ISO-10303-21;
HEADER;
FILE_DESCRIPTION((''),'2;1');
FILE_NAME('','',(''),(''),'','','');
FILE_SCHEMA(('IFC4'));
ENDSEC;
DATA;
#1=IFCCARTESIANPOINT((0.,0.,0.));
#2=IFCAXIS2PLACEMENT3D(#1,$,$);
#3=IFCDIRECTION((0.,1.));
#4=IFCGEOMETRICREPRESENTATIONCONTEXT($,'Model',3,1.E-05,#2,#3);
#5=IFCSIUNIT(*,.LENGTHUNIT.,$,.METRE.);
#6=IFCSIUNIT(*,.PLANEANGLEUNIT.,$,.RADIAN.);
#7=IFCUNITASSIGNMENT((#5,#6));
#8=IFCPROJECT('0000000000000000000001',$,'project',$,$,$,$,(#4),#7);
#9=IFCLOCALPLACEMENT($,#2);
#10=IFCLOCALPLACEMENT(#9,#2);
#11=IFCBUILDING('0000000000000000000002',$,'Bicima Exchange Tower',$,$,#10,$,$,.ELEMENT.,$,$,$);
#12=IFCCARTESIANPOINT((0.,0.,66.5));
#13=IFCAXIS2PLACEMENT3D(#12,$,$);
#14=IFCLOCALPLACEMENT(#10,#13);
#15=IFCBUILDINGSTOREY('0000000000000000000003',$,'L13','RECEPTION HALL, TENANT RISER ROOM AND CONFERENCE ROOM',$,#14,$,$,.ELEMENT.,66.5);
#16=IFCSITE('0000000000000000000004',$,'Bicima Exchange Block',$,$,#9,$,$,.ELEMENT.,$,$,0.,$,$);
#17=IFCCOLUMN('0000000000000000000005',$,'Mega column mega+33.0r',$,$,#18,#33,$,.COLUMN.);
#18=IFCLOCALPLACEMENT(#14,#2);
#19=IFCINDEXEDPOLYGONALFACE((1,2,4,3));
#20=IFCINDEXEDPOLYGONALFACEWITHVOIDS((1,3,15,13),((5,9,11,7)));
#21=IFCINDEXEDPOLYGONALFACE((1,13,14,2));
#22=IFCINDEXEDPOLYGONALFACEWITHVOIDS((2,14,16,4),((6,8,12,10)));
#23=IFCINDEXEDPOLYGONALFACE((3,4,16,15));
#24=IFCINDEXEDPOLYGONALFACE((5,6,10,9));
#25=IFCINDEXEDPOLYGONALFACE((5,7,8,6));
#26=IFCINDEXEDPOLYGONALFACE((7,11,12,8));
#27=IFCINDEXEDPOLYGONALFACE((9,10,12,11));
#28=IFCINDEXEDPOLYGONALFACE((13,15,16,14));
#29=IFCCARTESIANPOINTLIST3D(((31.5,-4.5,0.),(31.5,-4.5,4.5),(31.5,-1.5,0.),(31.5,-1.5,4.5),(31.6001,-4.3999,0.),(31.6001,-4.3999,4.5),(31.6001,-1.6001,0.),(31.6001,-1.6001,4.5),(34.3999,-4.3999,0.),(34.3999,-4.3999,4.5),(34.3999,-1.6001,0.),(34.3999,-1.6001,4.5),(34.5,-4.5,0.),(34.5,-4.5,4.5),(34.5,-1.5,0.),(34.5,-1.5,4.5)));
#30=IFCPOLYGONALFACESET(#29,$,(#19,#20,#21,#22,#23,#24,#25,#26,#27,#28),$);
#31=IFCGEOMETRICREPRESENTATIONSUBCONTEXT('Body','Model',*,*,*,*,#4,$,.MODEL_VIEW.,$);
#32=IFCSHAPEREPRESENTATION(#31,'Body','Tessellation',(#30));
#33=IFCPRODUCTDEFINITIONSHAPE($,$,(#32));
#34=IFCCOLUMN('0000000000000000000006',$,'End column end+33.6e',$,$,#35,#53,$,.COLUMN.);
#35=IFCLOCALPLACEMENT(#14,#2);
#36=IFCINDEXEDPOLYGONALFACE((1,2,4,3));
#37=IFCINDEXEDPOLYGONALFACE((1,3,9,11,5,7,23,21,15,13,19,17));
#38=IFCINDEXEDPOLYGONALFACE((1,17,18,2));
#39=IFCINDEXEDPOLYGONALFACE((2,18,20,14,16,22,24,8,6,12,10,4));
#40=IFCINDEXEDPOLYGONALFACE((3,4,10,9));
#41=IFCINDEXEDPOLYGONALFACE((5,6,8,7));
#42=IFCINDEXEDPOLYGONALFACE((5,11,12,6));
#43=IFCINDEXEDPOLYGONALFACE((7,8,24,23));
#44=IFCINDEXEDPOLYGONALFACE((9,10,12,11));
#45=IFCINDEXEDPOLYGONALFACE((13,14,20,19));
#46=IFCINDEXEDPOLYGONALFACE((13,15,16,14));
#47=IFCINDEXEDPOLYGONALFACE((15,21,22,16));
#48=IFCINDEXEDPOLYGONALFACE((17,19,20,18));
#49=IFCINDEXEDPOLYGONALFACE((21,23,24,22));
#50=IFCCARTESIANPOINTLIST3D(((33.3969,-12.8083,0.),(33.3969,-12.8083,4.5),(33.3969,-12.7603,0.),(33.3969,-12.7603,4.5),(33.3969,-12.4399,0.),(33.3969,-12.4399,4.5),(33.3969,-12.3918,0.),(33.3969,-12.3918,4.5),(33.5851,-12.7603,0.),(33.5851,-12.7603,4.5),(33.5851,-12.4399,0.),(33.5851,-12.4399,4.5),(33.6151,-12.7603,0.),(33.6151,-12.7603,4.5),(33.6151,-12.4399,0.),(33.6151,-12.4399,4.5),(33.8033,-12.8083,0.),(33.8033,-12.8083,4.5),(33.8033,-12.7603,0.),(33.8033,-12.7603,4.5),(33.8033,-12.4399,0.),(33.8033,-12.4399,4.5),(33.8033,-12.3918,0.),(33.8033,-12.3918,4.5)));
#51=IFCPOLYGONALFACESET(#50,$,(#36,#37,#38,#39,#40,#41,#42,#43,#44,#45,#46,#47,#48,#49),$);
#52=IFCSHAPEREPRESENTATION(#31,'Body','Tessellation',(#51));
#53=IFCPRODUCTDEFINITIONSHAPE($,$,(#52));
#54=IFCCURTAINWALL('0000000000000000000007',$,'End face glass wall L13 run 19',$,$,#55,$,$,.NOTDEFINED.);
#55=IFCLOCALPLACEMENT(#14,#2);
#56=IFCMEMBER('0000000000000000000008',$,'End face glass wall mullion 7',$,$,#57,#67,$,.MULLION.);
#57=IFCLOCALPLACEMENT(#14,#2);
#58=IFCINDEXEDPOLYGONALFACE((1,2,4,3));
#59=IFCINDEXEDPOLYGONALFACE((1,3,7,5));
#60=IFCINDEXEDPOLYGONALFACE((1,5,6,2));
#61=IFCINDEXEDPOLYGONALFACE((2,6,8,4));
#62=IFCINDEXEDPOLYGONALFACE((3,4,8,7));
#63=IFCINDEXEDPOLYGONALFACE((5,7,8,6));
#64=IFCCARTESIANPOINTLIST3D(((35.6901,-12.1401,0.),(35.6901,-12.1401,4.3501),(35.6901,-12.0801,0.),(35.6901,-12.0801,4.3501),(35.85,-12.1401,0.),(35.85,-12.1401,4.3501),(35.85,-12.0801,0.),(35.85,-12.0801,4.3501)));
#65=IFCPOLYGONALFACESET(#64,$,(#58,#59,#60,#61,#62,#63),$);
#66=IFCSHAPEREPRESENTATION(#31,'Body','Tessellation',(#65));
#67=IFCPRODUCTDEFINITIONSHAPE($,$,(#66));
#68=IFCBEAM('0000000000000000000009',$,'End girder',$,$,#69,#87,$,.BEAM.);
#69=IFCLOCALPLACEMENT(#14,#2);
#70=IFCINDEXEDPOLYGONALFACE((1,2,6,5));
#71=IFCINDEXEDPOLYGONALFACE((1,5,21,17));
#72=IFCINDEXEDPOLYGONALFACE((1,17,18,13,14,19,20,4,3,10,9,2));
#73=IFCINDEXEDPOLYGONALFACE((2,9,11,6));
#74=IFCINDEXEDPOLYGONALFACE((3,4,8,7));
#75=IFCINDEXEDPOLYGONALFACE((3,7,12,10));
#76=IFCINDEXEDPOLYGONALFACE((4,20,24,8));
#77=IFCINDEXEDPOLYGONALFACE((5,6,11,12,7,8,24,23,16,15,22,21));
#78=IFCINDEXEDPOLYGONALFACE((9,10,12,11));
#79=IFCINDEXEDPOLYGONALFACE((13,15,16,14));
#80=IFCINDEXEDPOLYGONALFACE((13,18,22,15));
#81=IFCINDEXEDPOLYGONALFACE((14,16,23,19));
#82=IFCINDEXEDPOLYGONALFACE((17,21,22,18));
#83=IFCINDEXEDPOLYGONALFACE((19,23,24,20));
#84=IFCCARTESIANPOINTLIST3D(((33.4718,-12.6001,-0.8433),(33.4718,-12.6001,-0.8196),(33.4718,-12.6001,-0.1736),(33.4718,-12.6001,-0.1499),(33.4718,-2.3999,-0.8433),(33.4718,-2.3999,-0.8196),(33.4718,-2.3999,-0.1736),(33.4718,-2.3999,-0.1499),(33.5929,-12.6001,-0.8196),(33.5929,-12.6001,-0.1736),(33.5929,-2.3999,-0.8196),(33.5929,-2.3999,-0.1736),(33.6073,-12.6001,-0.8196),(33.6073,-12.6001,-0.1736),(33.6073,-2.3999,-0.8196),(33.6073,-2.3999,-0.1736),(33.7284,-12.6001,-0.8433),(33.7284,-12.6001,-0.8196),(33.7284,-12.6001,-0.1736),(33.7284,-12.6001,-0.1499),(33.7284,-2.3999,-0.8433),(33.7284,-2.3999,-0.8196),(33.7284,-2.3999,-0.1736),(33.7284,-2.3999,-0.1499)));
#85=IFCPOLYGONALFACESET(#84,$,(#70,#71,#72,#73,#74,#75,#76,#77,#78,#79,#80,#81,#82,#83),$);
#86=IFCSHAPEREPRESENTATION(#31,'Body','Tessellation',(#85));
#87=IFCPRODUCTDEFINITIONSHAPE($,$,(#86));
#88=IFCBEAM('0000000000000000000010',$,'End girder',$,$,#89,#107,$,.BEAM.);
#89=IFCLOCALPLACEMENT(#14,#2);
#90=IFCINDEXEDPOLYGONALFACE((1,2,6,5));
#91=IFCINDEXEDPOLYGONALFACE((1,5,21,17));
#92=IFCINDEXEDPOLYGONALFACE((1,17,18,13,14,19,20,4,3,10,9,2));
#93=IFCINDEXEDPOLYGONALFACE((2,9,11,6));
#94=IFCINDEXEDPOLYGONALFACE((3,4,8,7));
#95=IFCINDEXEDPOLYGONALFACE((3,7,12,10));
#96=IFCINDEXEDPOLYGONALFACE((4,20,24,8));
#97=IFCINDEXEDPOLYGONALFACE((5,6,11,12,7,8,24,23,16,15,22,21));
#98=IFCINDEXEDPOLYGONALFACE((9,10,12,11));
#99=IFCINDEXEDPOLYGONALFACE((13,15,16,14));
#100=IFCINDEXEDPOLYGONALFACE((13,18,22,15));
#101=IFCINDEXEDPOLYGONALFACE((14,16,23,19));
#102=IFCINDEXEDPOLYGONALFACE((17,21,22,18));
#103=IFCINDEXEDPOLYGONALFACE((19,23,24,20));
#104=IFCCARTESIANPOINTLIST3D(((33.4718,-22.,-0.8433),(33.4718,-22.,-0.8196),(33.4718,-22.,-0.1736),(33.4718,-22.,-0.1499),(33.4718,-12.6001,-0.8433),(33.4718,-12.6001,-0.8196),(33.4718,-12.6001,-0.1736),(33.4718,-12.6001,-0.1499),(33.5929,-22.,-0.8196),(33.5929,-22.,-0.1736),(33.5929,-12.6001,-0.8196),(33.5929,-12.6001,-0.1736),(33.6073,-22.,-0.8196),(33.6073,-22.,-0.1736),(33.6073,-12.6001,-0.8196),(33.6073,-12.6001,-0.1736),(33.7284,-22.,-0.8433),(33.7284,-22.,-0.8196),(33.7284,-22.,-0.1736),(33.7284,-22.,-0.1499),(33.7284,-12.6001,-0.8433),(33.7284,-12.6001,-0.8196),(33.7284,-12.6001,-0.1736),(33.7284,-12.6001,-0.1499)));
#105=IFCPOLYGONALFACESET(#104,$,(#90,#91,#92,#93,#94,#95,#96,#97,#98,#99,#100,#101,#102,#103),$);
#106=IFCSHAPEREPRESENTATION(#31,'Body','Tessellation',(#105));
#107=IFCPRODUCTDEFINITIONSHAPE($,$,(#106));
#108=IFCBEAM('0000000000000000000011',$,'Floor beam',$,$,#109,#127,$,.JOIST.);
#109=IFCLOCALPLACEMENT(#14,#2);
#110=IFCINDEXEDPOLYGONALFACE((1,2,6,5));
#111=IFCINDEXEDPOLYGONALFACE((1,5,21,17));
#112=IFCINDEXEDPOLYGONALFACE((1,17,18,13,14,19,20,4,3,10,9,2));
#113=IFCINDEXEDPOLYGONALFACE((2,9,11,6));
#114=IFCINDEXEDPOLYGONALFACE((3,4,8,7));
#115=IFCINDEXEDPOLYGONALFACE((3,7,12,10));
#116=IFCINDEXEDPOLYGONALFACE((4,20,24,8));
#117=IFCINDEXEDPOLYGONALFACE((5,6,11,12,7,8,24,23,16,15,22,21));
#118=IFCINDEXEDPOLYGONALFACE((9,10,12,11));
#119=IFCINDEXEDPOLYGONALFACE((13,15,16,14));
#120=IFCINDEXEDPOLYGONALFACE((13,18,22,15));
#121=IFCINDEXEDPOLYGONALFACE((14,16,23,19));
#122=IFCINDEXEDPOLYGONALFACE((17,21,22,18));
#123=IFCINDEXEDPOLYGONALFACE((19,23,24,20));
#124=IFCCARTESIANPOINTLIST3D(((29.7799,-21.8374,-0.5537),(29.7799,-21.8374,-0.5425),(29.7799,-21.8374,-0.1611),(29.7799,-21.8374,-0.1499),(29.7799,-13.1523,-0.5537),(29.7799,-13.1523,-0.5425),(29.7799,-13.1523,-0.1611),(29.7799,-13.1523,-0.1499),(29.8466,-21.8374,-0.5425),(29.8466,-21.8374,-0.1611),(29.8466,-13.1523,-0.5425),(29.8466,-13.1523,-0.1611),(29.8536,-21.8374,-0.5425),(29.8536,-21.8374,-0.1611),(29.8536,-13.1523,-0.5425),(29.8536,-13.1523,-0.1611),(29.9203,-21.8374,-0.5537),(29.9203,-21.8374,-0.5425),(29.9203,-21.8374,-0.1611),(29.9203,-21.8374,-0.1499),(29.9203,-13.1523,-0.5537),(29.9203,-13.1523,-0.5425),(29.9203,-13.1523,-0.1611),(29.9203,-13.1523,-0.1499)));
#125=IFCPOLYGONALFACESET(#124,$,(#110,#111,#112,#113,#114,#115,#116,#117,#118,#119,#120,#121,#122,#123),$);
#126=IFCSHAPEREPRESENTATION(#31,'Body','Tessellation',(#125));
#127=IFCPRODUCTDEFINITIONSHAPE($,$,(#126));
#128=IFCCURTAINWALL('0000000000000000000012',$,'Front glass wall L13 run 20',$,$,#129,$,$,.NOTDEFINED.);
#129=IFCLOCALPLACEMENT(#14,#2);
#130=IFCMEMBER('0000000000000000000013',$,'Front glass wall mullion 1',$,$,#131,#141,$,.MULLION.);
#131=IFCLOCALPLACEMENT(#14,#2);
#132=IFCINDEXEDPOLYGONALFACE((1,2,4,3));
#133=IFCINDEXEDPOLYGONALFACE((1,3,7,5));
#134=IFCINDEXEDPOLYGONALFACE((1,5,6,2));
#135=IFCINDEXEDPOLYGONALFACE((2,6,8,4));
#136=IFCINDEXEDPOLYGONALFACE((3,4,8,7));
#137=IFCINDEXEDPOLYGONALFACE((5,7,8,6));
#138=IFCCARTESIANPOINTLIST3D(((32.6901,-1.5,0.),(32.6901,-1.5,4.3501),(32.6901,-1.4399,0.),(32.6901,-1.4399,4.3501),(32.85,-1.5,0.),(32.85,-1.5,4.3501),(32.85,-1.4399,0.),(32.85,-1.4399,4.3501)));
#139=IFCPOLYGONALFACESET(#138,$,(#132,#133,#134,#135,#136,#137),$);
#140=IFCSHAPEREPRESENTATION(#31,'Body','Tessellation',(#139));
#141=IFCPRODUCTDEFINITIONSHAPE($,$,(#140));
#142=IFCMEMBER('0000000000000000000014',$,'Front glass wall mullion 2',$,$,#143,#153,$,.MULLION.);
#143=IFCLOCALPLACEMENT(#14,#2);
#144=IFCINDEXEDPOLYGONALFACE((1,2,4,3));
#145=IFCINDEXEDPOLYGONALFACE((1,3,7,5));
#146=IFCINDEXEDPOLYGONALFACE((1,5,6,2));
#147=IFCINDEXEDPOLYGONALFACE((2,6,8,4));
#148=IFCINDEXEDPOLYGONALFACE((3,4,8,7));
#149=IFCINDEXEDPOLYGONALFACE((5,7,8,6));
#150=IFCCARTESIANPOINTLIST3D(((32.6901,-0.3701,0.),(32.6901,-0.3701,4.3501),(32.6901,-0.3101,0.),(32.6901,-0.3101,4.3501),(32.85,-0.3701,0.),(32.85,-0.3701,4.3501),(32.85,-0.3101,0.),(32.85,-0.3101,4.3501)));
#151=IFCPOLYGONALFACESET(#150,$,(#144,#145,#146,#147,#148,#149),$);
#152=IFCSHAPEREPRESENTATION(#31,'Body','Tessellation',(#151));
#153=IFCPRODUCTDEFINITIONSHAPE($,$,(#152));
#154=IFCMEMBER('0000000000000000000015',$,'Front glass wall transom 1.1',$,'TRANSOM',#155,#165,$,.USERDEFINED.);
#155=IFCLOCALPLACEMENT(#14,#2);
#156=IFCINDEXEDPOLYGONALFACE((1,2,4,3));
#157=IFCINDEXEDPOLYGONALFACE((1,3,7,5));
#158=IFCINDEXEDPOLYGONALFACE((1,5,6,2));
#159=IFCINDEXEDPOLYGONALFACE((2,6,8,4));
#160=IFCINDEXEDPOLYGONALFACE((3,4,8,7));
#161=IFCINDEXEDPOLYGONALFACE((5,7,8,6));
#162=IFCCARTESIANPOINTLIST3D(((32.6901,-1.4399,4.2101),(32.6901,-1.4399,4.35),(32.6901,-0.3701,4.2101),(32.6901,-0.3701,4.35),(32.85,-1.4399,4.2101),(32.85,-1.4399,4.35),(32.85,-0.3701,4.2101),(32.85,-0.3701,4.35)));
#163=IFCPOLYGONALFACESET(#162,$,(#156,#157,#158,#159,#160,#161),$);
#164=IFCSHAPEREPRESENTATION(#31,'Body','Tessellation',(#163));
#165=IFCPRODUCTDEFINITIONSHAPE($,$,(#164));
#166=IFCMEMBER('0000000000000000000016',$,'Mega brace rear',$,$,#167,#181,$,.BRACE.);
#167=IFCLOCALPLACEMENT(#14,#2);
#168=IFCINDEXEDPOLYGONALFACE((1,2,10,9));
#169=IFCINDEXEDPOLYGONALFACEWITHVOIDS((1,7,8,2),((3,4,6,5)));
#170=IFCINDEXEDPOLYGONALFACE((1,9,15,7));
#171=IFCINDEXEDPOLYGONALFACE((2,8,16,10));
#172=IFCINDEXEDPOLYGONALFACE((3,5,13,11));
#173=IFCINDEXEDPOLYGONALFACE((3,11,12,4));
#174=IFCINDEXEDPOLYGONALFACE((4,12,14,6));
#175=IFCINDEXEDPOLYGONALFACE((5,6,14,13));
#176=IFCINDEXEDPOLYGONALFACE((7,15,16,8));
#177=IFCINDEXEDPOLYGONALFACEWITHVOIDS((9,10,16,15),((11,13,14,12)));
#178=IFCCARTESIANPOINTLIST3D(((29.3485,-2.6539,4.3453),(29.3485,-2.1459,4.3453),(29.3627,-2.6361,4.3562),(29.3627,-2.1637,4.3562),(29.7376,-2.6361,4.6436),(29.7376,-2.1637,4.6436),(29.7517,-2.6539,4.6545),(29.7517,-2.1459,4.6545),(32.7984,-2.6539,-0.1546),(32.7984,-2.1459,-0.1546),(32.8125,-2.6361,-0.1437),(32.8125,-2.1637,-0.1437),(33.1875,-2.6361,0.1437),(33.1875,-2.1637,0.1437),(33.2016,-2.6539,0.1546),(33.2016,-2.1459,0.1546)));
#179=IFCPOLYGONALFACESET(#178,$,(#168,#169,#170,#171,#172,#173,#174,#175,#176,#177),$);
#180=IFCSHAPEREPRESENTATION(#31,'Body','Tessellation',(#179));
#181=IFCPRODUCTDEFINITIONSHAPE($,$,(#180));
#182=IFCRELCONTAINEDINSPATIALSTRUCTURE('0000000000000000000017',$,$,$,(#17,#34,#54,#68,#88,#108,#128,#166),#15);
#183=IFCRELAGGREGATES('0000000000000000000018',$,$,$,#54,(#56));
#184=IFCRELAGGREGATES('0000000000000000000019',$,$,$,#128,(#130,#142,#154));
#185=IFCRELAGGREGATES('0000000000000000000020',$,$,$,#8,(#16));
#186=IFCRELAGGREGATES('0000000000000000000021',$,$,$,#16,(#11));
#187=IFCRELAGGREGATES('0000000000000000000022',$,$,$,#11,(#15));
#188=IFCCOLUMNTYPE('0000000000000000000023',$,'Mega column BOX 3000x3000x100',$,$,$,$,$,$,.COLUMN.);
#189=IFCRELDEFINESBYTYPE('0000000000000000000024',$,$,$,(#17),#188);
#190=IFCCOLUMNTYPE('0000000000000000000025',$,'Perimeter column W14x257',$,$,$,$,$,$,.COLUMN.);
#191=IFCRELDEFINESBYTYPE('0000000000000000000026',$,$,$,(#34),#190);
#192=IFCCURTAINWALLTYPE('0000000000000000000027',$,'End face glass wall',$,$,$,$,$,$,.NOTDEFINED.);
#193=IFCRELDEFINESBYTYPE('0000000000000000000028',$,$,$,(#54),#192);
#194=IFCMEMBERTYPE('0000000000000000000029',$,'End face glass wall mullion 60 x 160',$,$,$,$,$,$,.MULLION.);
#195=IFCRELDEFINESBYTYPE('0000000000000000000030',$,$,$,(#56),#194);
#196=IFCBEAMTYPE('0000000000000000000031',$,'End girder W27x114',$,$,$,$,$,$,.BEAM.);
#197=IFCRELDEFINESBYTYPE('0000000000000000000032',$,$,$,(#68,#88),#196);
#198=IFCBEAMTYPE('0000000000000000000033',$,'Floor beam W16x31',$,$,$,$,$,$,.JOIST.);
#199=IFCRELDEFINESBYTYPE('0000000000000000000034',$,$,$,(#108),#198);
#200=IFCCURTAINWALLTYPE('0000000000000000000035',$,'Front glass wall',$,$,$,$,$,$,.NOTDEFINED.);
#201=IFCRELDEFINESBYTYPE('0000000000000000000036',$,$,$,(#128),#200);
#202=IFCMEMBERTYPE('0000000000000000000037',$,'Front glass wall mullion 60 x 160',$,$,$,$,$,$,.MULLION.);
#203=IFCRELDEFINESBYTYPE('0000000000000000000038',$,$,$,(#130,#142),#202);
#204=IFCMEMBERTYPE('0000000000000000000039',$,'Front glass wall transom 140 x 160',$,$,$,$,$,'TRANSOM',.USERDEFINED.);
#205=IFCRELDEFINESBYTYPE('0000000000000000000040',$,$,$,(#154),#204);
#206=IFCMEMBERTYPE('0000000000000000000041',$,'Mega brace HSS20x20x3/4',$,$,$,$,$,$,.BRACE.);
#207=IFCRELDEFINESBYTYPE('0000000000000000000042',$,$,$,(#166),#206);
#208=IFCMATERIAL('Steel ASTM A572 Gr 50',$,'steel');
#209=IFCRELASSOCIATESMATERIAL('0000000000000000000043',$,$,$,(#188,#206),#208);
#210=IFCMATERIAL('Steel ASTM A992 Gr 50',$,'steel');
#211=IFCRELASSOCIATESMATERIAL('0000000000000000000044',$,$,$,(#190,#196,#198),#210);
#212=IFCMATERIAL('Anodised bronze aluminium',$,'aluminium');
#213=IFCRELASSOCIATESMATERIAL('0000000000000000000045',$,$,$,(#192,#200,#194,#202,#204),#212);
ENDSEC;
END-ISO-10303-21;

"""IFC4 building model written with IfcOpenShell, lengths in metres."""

from ifc_helpers import new_model, si_unit, direction, frame, origin, origin_2d, place, context, subcontext, project, spatial, rectangle, hollow_rectangle, i_section, extrude, material, material_profile, profile_set, type_object, element, aggregate, save


model = new_model("IFC4")

# Units and contexts
model_context = context("Model", 3, precision=1e-05, world=origin(), true_north=direction((0.0, 1.0)))
body_context = subcontext(model_context, "Body", "Model", "MODEL_VIEW")
ifc_project = project(units=[si_unit("LENGTHUNIT", "METRE"), si_unit("PLANEANGLEUNIT", "RADIAN")], contexts=[model_context])

# Site, building, storey
site_placement = place(None, origin())
site = spatial("IfcSite", under=ifc_project, at=site_placement, Name="Bicima Exchange Block", CompositionType="ELEMENT", RefElevation=0.0)
building_placement = place(site_placement, origin())
building = spatial("IfcBuilding", under=site, at=building_placement, Name="Bicima Exchange Tower", CompositionType="ELEMENT")
storey_placement = place(building_placement, frame((0.0, 0.0, 66.5)))
storey = spatial("IfcBuildingStorey", under=building, at=storey_placement, Name="L13", Description="RECEPTION HALL, TENANT RISER ROOM AND CONFERENCE ROOM", CompositionType="ELEMENT", Elevation=66.5)

# Columns
ifc_material_1 = material(Name="Steel ASTM A572 Gr 50", Category="steel")
ifc_material_profile_1 = material_profile(ifc_material_1, hollow_rectangle(XDim=3.0, YDim=3.0, WallThickness=0.1001, at=origin_2d()))
ifc_profile_set_1 = profile_set([ifc_material_profile_1], Name="Steel ASTM A572 Gr 50")
column_type_1 = type_object("IfcColumnType", Name="Mega column BOX 3000x3000x100", PredefinedType="COLUMN", material=ifc_profile_set_1)
column_1_placement = place(storey_placement, frame((33.0, -3.0, 0.0), z_axis=(0.0, 0.0, 1.0), x_axis=(1.0, 0.0, 0.0)))
element("IfcColumn", 1, at=column_1_placement, inside=storey, type_object=column_type_1, Name="Mega column mega+33.0r", PredefinedType="COLUMN", context=body_context, shape_type="SweptSolid", body=[
    extrude(hollow_rectangle(XDim=3.0, YDim=3.0, WallThickness=0.1001, at=origin_2d()), origin(), (0.0, 0.0, 1.0), 4.5),
])
ifc_material_2 = material(Name="Steel ASTM A992 Gr 50", Category="steel")
ifc_material_profile_2 = material_profile(ifc_material_2, i_section(OverallWidth=0.4065, OverallDepth=0.4165, WebThickness=0.03, FlangeThickness=0.0481, at=origin_2d()))
ifc_profile_set_2 = profile_set([ifc_material_profile_2], Name="Steel ASTM A992 Gr 50")
column_type_2 = type_object("IfcColumnType", Name="Perimeter column W14x257", PredefinedType="COLUMN", material=ifc_profile_set_2)
column_2_placement = place(storey_placement, frame((33.6001, -12.6001, 0.0), z_axis=(0.0, 0.0, 1.0), x_axis=(1.0, 0.0, 0.0)))
element("IfcColumn", 2, at=column_2_placement, inside=storey, type_object=column_type_2, Name="End column end+33.6e", PredefinedType="COLUMN", context=body_context, shape_type="SweptSolid", body=[
    extrude(i_section(OverallWidth=0.4065, OverallDepth=0.4165, WebThickness=0.03, FlangeThickness=0.0481, at=origin_2d()), origin(), (0.0, 0.0, 1.0), 4.5),
])

# Curtain wall, member
ifc_material_3 = material(Name="Anodised bronze aluminium", Category="aluminium")
curtain_wall_type_1 = type_object("IfcCurtainWallType", Name="End face glass wall", PredefinedType="NOTDEFINED", material=ifc_material_3)
curtain_wall_1_placement = place(storey_placement, origin())
curtain_wall_1 = element("IfcCurtainWall", 3, at=curtain_wall_1_placement, inside=storey, type_object=curtain_wall_type_1, Name="End face glass wall L13 run 19", PredefinedType="NOTDEFINED")
ifc_material_profile_3 = material_profile(ifc_material_3, rectangle(XDim=0.1599, YDim=0.0601, at=origin_2d()))
ifc_profile_set_3 = profile_set([ifc_material_profile_3], Name="Anodised bronze aluminium")
member_type_1 = type_object("IfcMemberType", Name="End face glass wall mullion 60 x 160", PredefinedType="MULLION", material=ifc_profile_set_3)
member_1_placement = place(storey_placement, frame((35.77, -12.1101, 0.0), z_axis=(0.0, 0.0, 1.0), x_axis=(-1.0, 0.0, 0.0)))
member_1 = element("IfcMember", 4, at=member_1_placement, type_object=member_type_1, Name="End face glass wall mullion 7", PredefinedType="MULLION", context=body_context, shape_type="SweptSolid", body=[
    extrude(rectangle(XDim=0.1599, YDim=0.0601, at=origin_2d()), origin(), (0.0, 0.0, 1.0), 4.3501),
])
aggregate(curtain_wall_1, [member_1])

# Beams
ifc_material_profile_4 = material_profile(ifc_material_2, i_section(OverallWidth=0.2566, OverallDepth=0.6934, WebThickness=0.0144, FlangeThickness=0.0237, at=origin_2d()))
ifc_profile_set_4 = profile_set([ifc_material_profile_4], Name="Steel ASTM A992 Gr 50")
beam_type_1 = type_object("IfcBeamType", Name="End girder W27x114", PredefinedType="BEAM", material=ifc_profile_set_4)
beam_1_placement = place(storey_placement, frame((33.6001, -2.3999, -0.4966), z_axis=(0.0, -1.0, 0.0), x_axis=(1.0, 0.0, 0.0)))
element("IfcBeam", 5, at=beam_1_placement, inside=storey, type_object=beam_type_1, Name="End girder", PredefinedType="BEAM", context=body_context, shape_type="SweptSolid", body=[
    extrude(i_section(OverallWidth=0.2566, OverallDepth=0.6934, WebThickness=0.0144, FlangeThickness=0.0237, at=origin_2d()), origin(), (0.0, 0.0, 1.0), 10.2002),
])
beam_2_placement = place(storey_placement, frame((33.6001, -12.6001, -0.4966), z_axis=(0.0, -1.0, 0.0), x_axis=(1.0, 0.0, 0.0)))
element("IfcBeam", 6, at=beam_2_placement, inside=storey, type_object=beam_type_1, Name="End girder", PredefinedType="BEAM", context=body_context, shape_type="SweptSolid", body=[
    extrude(i_section(OverallWidth=0.2566, OverallDepth=0.6934, WebThickness=0.0144, FlangeThickness=0.0237, at=origin_2d()), origin(), (0.0, 0.0, 1.0), 9.3999),
])
ifc_material_profile_5 = material_profile(ifc_material_2, i_section(OverallWidth=0.1404, OverallDepth=0.4038, WebThickness=0.0071, FlangeThickness=0.0112, at=origin_2d()))
ifc_profile_set_5 = profile_set([ifc_material_profile_5], Name="Steel ASTM A992 Gr 50")
beam_type_2 = type_object("IfcBeamType", Name="Floor beam W16x31", PredefinedType="JOIST", material=ifc_profile_set_5)
beam_3_placement = place(storey_placement, frame((29.8501, -13.1523, -0.3518), z_axis=(0.0, -1.0, 0.0), x_axis=(1.0, 0.0, 0.0)))
element("IfcBeam", 7, at=beam_3_placement, inside=storey, type_object=beam_type_2, Name="Floor beam", PredefinedType="JOIST", context=body_context, shape_type="SweptSolid", body=[
    extrude(i_section(OverallWidth=0.1404, OverallDepth=0.4038, WebThickness=0.0071, FlangeThickness=0.0112, at=origin_2d()), origin(), (0.0, 0.0, 1.0), 8.6851),
])

# Curtain wall, members
curtain_wall_type_2 = type_object("IfcCurtainWallType", Name="Front glass wall", PredefinedType="NOTDEFINED", material=ifc_material_3)
curtain_wall_2_placement = place(storey_placement, origin())
curtain_wall_2 = element("IfcCurtainWall", 8, at=curtain_wall_2_placement, inside=storey, type_object=curtain_wall_type_2, Name="Front glass wall L13 run 20", PredefinedType="NOTDEFINED")
member_type_2 = type_object("IfcMemberType", Name="Front glass wall mullion 60 x 160", PredefinedType="MULLION", material=ifc_profile_set_3)
member_2_placement = place(storey_placement, frame((32.77, -1.47, 0.0), z_axis=(0.0, 0.0, 1.0), x_axis=(-1.0, 0.0, 0.0)))
member_2 = element("IfcMember", 9, at=member_2_placement, type_object=member_type_2, Name="Front glass wall mullion 1", PredefinedType="MULLION", context=body_context, shape_type="SweptSolid", body=[
    extrude(rectangle(XDim=0.1599, YDim=0.0601, at=origin_2d()), origin(), (0.0, 0.0, 1.0), 4.3501),
])
member_3_placement = place(storey_placement, frame((32.77, -0.3401, 0.0), z_axis=(0.0, 0.0, 1.0), x_axis=(-1.0, 0.0, 0.0)))
member_3 = element("IfcMember", 10, at=member_3_placement, type_object=member_type_2, Name="Front glass wall mullion 2", PredefinedType="MULLION", context=body_context, shape_type="SweptSolid", body=[
    extrude(rectangle(XDim=0.1599, YDim=0.0601, at=origin_2d()), origin(), (0.0, 0.0, 1.0), 4.3501),
])
ifc_material_profile_6 = material_profile(ifc_material_3, rectangle(XDim=0.1599, YDim=0.1399, at=origin_2d()))
ifc_profile_set_6 = profile_set([ifc_material_profile_6], Name="Anodised bronze aluminium")
member_type_3 = type_object("IfcMemberType", Name="Front glass wall transom 140 x 160", ElementType="TRANSOM", PredefinedType="USERDEFINED", material=ifc_profile_set_6)
member_4_placement = place(storey_placement, frame((32.77, -1.4399, 4.28), z_axis=(0.0, 1.0, 0.0), x_axis=(-1.0, 0.0, 0.0)))
member_4 = element("IfcMember", 11, at=member_4_placement, type_object=member_type_3, Name="Front glass wall transom 1.1", ObjectType="TRANSOM", PredefinedType="USERDEFINED", context=body_context, shape_type="SweptSolid", body=[
    extrude(rectangle(XDim=0.1599, YDim=0.1399, at=origin_2d()), origin(), (0.0, 0.0, 1.0), 1.0698),
])

# Member
ifc_material_profile_7 = material_profile(ifc_material_1, hollow_rectangle(XDim=0.5081, YDim=0.5081, WallThickness=0.0178, at=origin_2d()))
ifc_profile_set_7 = profile_set([ifc_material_profile_7], Name="Steel ASTM A572 Gr 50")
member_type_4 = type_object("IfcMemberType", Name="Mega brace HSS20x20x3/4", PredefinedType="BRACE", material=ifc_profile_set_7)
member_5_placement = place(storey_placement, frame((33.0, -2.3999, 0.0), z_axis=(-0.608426, 0.0, 0.793611), x_axis=(0.0, -1.0, 0.0)))
element("IfcMember", 12, at=member_5_placement, inside=storey, type_object=member_type_4, Name="Mega brace rear", PredefinedType="BRACE", context=body_context, shape_type="SweptSolid", body=[
    extrude(hollow_rectangle(XDim=0.5081, YDim=0.5081, WallThickness=0.0178, at=origin_2d()), origin(), (0.0, 0.0, 1.0), 5.6702),
])

aggregate(curtain_wall_2, [member_2, member_3, member_4])

save(model, "model.ifc")
